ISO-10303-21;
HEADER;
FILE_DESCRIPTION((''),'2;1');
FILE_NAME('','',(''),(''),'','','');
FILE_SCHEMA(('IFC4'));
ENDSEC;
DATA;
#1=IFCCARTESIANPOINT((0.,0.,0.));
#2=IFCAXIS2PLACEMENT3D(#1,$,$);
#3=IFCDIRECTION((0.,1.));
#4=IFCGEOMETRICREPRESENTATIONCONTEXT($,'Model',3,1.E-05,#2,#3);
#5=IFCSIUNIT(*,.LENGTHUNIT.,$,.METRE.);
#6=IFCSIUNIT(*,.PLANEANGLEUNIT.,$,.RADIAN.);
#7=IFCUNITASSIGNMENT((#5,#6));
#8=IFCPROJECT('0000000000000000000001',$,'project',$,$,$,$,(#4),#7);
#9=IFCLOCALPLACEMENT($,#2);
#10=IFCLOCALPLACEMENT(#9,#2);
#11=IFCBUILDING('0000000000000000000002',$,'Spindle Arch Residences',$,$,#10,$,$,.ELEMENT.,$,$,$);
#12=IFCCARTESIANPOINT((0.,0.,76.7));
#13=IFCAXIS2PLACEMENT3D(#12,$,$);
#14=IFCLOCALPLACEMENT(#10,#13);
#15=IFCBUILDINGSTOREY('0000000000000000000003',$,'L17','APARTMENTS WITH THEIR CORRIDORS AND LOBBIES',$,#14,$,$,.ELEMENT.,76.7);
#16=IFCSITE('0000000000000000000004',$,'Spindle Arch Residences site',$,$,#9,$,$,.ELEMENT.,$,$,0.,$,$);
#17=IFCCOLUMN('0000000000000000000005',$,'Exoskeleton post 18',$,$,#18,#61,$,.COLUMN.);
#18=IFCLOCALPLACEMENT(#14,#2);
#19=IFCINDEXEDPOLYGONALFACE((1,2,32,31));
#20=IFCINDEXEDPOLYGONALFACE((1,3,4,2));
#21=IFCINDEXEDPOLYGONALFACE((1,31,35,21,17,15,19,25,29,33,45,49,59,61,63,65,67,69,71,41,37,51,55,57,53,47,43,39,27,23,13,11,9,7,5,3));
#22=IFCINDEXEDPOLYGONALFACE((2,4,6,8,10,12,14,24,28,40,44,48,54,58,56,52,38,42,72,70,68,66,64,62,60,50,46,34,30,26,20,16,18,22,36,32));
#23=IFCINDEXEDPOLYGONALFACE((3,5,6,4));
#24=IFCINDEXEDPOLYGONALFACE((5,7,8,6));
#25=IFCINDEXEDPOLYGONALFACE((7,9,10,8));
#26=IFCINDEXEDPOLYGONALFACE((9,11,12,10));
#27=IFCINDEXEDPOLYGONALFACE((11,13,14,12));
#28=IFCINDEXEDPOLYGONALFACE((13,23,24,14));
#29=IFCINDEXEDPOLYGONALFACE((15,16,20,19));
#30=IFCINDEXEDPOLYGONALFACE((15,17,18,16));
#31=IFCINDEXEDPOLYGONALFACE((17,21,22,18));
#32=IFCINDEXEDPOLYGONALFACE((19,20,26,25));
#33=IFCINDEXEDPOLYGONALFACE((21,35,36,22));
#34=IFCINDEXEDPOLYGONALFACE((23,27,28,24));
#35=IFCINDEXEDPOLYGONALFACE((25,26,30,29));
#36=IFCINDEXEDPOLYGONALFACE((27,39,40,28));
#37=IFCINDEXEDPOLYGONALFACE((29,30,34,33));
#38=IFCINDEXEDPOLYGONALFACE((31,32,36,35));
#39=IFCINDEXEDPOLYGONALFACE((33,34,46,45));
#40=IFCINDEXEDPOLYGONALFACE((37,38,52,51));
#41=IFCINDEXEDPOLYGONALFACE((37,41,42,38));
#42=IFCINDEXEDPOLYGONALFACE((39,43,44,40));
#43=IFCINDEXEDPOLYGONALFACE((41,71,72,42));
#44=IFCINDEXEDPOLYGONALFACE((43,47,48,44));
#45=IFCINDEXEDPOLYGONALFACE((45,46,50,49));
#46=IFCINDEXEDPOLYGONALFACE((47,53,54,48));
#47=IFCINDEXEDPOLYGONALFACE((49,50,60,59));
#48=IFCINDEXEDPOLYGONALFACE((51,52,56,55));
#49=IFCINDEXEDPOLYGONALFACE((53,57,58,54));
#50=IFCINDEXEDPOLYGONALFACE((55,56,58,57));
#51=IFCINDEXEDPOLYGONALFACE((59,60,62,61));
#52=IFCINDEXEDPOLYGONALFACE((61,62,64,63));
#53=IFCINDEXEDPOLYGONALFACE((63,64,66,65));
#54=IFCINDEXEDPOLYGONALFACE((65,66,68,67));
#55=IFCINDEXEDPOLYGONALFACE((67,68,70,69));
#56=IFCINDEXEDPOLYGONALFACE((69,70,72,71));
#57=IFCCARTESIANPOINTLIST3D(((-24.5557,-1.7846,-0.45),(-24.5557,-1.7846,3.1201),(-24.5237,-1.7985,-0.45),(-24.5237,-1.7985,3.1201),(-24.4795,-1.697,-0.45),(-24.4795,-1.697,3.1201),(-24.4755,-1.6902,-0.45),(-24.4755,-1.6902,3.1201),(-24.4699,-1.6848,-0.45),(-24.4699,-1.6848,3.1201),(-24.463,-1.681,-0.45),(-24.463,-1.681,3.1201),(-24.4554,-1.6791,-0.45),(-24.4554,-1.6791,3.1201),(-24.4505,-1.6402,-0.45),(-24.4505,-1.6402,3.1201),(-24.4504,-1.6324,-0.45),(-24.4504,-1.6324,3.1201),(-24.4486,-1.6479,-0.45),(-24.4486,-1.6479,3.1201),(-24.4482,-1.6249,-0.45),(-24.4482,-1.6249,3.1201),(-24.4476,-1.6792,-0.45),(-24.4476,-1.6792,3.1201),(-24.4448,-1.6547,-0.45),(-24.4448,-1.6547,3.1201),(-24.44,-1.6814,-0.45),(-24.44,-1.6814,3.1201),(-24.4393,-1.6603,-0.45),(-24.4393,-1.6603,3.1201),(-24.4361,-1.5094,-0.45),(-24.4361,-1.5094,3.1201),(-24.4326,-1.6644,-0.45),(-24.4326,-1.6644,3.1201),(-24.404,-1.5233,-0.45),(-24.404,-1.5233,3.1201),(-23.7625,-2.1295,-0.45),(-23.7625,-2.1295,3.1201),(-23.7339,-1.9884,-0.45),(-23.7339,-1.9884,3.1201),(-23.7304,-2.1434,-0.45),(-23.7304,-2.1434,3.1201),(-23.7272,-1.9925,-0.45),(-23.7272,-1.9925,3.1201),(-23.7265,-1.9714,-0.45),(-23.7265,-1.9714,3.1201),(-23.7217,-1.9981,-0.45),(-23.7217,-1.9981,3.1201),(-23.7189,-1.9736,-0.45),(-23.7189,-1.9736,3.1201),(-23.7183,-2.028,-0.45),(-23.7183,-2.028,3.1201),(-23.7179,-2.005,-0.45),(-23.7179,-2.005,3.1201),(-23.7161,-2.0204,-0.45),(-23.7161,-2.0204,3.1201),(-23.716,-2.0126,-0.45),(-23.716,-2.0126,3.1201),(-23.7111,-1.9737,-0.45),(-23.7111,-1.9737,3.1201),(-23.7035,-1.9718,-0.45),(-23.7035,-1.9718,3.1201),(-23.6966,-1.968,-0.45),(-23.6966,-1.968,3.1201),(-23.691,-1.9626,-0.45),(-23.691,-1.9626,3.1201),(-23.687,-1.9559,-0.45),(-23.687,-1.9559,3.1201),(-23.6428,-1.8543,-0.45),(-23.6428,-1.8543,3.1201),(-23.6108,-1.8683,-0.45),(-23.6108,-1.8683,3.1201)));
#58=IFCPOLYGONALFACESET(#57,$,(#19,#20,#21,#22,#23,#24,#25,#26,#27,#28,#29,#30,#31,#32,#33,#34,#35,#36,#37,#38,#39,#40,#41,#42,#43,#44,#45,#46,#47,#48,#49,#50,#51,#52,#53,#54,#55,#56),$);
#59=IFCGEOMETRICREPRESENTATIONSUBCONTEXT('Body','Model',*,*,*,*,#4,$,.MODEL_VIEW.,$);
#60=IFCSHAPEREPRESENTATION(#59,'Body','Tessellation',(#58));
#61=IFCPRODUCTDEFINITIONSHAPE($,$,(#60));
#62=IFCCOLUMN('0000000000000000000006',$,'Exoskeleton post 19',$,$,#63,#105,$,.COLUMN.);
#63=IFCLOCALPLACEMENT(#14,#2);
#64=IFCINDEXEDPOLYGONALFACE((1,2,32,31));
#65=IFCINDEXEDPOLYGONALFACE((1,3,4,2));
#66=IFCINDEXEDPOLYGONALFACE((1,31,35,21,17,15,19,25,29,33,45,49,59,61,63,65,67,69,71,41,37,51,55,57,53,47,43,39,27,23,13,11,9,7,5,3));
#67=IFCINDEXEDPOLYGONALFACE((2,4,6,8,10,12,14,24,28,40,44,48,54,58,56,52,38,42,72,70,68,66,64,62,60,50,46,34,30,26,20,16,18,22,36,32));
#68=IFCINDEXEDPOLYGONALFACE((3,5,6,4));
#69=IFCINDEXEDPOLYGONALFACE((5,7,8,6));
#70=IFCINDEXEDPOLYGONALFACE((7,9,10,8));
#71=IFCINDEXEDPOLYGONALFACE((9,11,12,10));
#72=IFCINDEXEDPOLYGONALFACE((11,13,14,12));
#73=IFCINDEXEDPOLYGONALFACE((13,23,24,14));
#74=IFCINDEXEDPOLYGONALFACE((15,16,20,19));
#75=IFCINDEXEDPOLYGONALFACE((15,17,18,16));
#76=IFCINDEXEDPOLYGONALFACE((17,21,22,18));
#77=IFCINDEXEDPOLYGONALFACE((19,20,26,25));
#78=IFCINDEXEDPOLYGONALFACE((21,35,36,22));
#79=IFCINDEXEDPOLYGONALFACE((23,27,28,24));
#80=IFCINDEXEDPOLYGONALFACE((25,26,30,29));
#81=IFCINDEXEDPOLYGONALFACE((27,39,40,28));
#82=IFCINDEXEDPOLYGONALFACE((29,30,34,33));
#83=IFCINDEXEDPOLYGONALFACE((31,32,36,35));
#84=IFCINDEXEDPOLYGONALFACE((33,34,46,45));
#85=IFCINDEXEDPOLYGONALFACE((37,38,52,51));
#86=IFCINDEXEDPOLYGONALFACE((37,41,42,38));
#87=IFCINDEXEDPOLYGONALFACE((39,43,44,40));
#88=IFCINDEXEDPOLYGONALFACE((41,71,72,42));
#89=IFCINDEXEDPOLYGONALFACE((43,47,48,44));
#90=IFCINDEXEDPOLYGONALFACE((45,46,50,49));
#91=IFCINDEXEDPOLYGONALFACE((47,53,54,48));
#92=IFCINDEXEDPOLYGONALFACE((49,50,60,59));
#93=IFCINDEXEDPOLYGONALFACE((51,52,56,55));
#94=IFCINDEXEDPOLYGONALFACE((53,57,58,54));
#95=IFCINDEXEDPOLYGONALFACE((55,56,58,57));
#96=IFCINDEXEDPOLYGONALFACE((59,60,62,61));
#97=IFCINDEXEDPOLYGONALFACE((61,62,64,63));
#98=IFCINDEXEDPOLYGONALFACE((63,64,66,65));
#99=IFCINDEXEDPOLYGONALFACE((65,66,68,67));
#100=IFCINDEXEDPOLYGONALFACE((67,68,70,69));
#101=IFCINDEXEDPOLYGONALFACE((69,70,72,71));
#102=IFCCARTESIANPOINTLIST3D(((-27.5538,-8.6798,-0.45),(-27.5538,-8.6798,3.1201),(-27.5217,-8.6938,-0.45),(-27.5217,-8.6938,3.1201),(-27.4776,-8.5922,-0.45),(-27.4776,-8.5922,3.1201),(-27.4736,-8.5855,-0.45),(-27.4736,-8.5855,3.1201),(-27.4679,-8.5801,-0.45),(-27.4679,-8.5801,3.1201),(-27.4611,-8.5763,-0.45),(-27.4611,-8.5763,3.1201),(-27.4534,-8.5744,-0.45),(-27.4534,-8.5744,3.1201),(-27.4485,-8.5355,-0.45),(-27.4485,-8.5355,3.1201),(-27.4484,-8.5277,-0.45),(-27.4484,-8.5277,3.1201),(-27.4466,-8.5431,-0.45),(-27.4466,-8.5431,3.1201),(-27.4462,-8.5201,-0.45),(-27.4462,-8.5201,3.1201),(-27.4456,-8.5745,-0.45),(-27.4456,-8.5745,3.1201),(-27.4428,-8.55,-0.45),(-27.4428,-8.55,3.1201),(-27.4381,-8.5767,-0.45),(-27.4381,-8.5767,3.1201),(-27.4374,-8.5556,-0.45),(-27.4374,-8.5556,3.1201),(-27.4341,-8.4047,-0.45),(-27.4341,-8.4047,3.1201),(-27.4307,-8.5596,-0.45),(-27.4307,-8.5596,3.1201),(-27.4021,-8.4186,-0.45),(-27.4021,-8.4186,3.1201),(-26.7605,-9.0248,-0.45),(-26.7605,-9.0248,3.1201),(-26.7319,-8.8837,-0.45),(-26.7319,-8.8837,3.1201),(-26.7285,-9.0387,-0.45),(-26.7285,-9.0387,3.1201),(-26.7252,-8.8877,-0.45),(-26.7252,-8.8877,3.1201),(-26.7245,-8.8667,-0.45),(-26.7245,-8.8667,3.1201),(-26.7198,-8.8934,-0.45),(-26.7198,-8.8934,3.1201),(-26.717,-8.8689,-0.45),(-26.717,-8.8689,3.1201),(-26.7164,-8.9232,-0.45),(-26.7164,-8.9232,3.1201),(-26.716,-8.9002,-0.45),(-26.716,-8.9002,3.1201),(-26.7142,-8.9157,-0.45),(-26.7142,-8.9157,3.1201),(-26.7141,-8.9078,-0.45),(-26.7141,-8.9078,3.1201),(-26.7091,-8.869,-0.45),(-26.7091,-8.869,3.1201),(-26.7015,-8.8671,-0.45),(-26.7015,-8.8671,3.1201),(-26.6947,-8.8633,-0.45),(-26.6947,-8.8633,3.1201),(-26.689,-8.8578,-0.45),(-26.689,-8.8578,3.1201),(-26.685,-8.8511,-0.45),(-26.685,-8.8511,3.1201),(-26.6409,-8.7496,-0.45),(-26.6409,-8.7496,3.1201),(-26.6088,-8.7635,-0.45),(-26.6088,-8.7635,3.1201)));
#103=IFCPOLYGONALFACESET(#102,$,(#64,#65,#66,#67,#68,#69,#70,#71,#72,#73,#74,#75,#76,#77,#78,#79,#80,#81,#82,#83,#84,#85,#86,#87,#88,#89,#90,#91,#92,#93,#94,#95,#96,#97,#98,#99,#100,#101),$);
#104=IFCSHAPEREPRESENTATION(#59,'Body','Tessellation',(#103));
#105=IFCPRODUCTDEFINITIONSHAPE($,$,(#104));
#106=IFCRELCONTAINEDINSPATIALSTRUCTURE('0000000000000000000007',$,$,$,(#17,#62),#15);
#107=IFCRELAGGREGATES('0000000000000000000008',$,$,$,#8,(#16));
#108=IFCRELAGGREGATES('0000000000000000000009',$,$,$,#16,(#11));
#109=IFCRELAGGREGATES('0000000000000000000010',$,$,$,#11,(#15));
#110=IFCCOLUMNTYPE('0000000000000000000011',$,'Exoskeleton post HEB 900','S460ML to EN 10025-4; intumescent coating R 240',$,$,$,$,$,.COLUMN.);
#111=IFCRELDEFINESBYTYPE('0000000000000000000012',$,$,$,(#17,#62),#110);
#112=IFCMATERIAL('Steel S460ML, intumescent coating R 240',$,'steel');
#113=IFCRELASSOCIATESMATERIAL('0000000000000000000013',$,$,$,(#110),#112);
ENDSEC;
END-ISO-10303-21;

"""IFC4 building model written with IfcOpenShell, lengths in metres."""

from ifc_helpers import new_model, si_unit, direction, frame, origin, origin_2d, place, context, subcontext, project, spatial, i_section, extrude, material, material_profile, profile_set, type_object, element, save


model = new_model("IFC4")

# Units and contexts
model_context = context("Model", 3, precision=1e-05, world=origin(), true_north=direction((0.0, 1.0)))
body_context = subcontext(model_context, "Body", "Model", "MODEL_VIEW")
ifc_project = project(units=[si_unit("LENGTHUNIT", "METRE"), si_unit("PLANEANGLEUNIT", "RADIAN")], contexts=[model_context])

# Site, building, storey
site_placement = place(None, origin())
site = spatial("IfcSite", under=ifc_project, at=site_placement, Name="Spindle Arch Residences site", CompositionType="ELEMENT", RefElevation=0.0)
building_placement = place(site_placement, origin())
building = spatial("IfcBuilding", under=site, at=building_placement, Name="Spindle Arch Residences", CompositionType="ELEMENT")
storey_placement = place(building_placement, frame((0.0, 0.0, 76.7)))
storey = spatial("IfcBuildingStorey", under=building, at=storey_placement, Name="L17", Description="APARTMENTS WITH THEIR CORRIDORS AND LOBBIES", CompositionType="ELEMENT", Elevation=76.7)

# Columns
ifc_material_1 = material(Name="Steel S460ML, intumescent coating R 240", Category="steel")
ifc_material_profile_1 = material_profile(ifc_material_1, i_section(OverallWidth=0.3, OverallDepth=0.8999, WebThickness=0.0186, FlangeThickness=0.0349, FilletRadius=0.03, at=origin_2d()), Name="HEB 900")
ifc_profile_set_1 = profile_set([ifc_material_profile_1], Name="Steel S460ML, intumescent coating R 240")
column_type_1 = type_object("IfcColumnType", Name="Exoskeleton post HEB 900", Description="S460ML to EN 10025-4; intumescent coating R 240", PredefinedType="COLUMN", material=ifc_profile_set_1)
for number, where, z_axis, x_axis, name in (
    (1, (-24.0833, -1.8264, -0.45), (0.0, 0.0, 1.0), (0.398749, 0.91706, 0.0), "Exoskeleton post 18"),
    (2, (-27.0813, -8.7217, -0.45), (0.0, 0.0, 1.0), (0.398749, 0.91706, 0.0), "Exoskeleton post 19"),
):
    element("IfcColumn", number, at=place(storey_placement, frame(where, z_axis=z_axis, x_axis=x_axis)), inside=storey, type_object=column_type_1, Name=name, PredefinedType="COLUMN", context=body_context, shape_type="SweptSolid", body=[
        extrude(i_section(OverallWidth=0.3, OverallDepth=0.8999, WebThickness=0.0186, FlangeThickness=0.0349, FilletRadius=0.03, at=origin_2d()), origin(), (0.0, 0.0, 1.0), 3.5701),
    ])

save(model, "model.ifc")
